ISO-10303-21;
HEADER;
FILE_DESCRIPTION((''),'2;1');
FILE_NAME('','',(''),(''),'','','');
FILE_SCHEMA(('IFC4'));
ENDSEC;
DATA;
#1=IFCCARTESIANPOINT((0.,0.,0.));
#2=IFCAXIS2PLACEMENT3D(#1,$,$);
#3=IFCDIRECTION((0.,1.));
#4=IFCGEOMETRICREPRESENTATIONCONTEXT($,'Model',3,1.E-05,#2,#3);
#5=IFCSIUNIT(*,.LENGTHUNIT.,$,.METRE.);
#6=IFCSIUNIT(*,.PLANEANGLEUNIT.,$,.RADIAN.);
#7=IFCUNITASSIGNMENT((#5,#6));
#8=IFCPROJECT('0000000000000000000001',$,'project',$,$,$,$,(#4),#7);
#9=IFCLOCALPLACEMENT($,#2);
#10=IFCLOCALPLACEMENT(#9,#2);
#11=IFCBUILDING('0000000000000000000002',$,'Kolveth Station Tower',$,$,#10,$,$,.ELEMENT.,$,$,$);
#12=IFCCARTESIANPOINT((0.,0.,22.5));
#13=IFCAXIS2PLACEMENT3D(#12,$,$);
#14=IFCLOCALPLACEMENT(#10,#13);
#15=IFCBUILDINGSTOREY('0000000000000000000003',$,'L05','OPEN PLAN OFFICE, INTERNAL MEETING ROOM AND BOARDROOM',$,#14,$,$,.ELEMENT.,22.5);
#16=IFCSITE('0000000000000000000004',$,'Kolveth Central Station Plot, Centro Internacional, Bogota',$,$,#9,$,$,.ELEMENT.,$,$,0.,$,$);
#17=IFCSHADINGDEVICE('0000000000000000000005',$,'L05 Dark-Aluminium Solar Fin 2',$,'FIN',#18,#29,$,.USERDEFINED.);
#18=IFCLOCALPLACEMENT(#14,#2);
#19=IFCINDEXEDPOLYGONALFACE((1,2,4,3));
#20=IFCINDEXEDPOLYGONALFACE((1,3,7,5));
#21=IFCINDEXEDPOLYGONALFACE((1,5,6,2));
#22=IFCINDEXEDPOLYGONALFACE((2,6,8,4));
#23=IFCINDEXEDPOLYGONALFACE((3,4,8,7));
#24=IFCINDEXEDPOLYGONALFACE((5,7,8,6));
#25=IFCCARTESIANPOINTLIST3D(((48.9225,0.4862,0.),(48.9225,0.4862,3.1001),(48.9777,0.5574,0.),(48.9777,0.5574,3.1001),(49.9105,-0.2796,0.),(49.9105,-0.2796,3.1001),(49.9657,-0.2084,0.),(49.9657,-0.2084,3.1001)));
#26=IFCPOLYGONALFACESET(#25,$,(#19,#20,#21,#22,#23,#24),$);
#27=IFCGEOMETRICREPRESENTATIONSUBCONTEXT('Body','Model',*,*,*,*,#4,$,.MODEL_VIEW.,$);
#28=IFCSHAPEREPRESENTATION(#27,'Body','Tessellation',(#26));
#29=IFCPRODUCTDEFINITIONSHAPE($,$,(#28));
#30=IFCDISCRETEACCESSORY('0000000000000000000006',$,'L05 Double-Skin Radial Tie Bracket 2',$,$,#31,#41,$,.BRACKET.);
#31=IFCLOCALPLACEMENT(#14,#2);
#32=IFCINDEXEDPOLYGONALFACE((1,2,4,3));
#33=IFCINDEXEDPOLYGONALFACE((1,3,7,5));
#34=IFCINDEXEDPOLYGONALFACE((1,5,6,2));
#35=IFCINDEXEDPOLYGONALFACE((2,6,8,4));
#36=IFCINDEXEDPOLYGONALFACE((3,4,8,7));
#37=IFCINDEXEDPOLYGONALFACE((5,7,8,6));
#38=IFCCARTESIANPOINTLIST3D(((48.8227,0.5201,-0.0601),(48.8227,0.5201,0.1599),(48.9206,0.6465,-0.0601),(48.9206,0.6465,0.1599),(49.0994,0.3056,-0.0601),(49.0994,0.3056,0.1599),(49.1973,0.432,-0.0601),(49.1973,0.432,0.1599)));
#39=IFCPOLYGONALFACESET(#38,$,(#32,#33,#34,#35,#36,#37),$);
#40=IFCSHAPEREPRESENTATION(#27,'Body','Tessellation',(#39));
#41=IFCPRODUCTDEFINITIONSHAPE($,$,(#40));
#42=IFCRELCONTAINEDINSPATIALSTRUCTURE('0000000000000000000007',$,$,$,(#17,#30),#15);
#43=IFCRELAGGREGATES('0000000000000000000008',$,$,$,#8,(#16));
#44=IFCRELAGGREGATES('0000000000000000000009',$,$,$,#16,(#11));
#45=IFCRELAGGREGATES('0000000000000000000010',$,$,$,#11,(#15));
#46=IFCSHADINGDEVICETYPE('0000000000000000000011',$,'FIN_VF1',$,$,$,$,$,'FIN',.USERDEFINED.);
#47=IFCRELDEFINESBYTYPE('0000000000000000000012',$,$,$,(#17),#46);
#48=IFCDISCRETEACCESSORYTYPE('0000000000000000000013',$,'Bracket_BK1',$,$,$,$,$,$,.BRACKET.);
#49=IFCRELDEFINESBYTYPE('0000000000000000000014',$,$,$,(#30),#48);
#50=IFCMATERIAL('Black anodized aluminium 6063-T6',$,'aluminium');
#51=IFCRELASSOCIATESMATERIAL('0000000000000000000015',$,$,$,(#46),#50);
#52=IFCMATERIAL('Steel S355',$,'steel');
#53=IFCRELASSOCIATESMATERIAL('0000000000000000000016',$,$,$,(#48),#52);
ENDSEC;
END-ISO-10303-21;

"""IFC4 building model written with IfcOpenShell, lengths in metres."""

from ifc_helpers import new_model, si_unit, direction, frame, origin, origin_2d, place, context, subcontext, project, spatial, rectangle, extrude, source, transform, mapped, material, type_object, element, save


model = new_model("IFC4")

# Units and contexts
model_context = context("Model", 3, precision=1e-05, world=origin(), true_north=direction((0.0, 1.0)))
body_context = subcontext(model_context, "Body", "Model", "MODEL_VIEW")
ifc_project = project(units=[si_unit("LENGTHUNIT", "METRE"), si_unit("PLANEANGLEUNIT", "RADIAN")], contexts=[model_context])

# Site, building, storey
site_placement = place(None, origin())
site = spatial("IfcSite", under=ifc_project, at=site_placement, Name="Kolveth Central Station Plot, Centro Internacional, Bogota", CompositionType="ELEMENT", RefElevation=0.0)
building_placement = place(site_placement, origin())
building = spatial("IfcBuilding", under=site, at=building_placement, Name="Kolveth Station Tower", CompositionType="ELEMENT")
storey_placement = place(building_placement, frame((0.0, 0.0, 22.5)))
storey = spatial("IfcBuildingStorey", under=building, at=storey_placement, Name="L05", Description="OPEN PLAN OFFICE, INTERNAL MEETING ROOM AND BOARDROOM", CompositionType="ELEMENT", Elevation=22.5)

# Shared definitions
ifc_material_1 = material(Name="Steel S355", Category="steel")

# Shared definitions
ifc_material_2 = material(Name="Black anodized aluminium 6063-T6", Category="aluminium")

# Shading device
shading_device_type = type_object("IfcShadingDeviceType", Name="FIN_VF1", ElementType="FIN", PredefinedType="USERDEFINED", material=ifc_material_2)
shared_shape_1 = source(origin(), body_context, "Body", "SweptSolid", [
    extrude(rectangle(XDim=1.25, YDim=0.0901, at=origin_2d()), origin(), (0.0, 0.0, 1.0), 3.1001),
])
shading_device_placement = place(storey_placement, frame((49.4441, 0.1389, 0.0), z_axis=(0.0, 0.0, 1.0), x_axis=(0.790369, -0.612631, 0.0)))
element("IfcShadingDevice", 1, at=shading_device_placement, inside=storey, type_object=shading_device_type, Name="L05 Dark-Aluminium Solar Fin 2", ObjectType="FIN", PredefinedType="USERDEFINED", context=body_context, shape_type="MappedRepresentation", body=[
    mapped(shared_shape_1, transform((0.0, 0.0, 0.0), x_axis=(1.0, 0.0, 0.0), y_axis=(0.0, 1.0, 0.0), z_axis=(0.0, 0.0, 1.0), scale=1.0)),
])

# Discrete accessory
discrete_accessory_type = type_object("IfcDiscreteAccessoryType", Name="Bracket_BK1", PredefinedType="BRACKET", material=ifc_material_1)
shared_shape_2 = source(origin(), body_context, "Body", "SweptSolid", [
    extrude(rectangle(XDim=0.3501, YDim=0.1599, at=origin_2d()), origin(), (0.0, 0.0, 1.0), 0.22),
])
discrete_accessory_placement = place(storey_placement, frame((49.01, 0.4761, -0.0601), z_axis=(0.0, 0.0, 1.0), x_axis=(0.790369, -0.612631, 0.0)))
element("IfcDiscreteAccessory", 2, at=discrete_accessory_placement, inside=storey, type_object=discrete_accessory_type, Name="L05 Double-Skin Radial Tie Bracket 2", PredefinedType="BRACKET", context=body_context, shape_type="MappedRepresentation", body=[
    mapped(shared_shape_2, transform((0.0, 0.0, 0.0), x_axis=(1.0, 0.0, 0.0), y_axis=(0.0, 1.0, 0.0), z_axis=(0.0, 0.0, 1.0), scale=1.0)),
])

save(model, "model.ifc")
